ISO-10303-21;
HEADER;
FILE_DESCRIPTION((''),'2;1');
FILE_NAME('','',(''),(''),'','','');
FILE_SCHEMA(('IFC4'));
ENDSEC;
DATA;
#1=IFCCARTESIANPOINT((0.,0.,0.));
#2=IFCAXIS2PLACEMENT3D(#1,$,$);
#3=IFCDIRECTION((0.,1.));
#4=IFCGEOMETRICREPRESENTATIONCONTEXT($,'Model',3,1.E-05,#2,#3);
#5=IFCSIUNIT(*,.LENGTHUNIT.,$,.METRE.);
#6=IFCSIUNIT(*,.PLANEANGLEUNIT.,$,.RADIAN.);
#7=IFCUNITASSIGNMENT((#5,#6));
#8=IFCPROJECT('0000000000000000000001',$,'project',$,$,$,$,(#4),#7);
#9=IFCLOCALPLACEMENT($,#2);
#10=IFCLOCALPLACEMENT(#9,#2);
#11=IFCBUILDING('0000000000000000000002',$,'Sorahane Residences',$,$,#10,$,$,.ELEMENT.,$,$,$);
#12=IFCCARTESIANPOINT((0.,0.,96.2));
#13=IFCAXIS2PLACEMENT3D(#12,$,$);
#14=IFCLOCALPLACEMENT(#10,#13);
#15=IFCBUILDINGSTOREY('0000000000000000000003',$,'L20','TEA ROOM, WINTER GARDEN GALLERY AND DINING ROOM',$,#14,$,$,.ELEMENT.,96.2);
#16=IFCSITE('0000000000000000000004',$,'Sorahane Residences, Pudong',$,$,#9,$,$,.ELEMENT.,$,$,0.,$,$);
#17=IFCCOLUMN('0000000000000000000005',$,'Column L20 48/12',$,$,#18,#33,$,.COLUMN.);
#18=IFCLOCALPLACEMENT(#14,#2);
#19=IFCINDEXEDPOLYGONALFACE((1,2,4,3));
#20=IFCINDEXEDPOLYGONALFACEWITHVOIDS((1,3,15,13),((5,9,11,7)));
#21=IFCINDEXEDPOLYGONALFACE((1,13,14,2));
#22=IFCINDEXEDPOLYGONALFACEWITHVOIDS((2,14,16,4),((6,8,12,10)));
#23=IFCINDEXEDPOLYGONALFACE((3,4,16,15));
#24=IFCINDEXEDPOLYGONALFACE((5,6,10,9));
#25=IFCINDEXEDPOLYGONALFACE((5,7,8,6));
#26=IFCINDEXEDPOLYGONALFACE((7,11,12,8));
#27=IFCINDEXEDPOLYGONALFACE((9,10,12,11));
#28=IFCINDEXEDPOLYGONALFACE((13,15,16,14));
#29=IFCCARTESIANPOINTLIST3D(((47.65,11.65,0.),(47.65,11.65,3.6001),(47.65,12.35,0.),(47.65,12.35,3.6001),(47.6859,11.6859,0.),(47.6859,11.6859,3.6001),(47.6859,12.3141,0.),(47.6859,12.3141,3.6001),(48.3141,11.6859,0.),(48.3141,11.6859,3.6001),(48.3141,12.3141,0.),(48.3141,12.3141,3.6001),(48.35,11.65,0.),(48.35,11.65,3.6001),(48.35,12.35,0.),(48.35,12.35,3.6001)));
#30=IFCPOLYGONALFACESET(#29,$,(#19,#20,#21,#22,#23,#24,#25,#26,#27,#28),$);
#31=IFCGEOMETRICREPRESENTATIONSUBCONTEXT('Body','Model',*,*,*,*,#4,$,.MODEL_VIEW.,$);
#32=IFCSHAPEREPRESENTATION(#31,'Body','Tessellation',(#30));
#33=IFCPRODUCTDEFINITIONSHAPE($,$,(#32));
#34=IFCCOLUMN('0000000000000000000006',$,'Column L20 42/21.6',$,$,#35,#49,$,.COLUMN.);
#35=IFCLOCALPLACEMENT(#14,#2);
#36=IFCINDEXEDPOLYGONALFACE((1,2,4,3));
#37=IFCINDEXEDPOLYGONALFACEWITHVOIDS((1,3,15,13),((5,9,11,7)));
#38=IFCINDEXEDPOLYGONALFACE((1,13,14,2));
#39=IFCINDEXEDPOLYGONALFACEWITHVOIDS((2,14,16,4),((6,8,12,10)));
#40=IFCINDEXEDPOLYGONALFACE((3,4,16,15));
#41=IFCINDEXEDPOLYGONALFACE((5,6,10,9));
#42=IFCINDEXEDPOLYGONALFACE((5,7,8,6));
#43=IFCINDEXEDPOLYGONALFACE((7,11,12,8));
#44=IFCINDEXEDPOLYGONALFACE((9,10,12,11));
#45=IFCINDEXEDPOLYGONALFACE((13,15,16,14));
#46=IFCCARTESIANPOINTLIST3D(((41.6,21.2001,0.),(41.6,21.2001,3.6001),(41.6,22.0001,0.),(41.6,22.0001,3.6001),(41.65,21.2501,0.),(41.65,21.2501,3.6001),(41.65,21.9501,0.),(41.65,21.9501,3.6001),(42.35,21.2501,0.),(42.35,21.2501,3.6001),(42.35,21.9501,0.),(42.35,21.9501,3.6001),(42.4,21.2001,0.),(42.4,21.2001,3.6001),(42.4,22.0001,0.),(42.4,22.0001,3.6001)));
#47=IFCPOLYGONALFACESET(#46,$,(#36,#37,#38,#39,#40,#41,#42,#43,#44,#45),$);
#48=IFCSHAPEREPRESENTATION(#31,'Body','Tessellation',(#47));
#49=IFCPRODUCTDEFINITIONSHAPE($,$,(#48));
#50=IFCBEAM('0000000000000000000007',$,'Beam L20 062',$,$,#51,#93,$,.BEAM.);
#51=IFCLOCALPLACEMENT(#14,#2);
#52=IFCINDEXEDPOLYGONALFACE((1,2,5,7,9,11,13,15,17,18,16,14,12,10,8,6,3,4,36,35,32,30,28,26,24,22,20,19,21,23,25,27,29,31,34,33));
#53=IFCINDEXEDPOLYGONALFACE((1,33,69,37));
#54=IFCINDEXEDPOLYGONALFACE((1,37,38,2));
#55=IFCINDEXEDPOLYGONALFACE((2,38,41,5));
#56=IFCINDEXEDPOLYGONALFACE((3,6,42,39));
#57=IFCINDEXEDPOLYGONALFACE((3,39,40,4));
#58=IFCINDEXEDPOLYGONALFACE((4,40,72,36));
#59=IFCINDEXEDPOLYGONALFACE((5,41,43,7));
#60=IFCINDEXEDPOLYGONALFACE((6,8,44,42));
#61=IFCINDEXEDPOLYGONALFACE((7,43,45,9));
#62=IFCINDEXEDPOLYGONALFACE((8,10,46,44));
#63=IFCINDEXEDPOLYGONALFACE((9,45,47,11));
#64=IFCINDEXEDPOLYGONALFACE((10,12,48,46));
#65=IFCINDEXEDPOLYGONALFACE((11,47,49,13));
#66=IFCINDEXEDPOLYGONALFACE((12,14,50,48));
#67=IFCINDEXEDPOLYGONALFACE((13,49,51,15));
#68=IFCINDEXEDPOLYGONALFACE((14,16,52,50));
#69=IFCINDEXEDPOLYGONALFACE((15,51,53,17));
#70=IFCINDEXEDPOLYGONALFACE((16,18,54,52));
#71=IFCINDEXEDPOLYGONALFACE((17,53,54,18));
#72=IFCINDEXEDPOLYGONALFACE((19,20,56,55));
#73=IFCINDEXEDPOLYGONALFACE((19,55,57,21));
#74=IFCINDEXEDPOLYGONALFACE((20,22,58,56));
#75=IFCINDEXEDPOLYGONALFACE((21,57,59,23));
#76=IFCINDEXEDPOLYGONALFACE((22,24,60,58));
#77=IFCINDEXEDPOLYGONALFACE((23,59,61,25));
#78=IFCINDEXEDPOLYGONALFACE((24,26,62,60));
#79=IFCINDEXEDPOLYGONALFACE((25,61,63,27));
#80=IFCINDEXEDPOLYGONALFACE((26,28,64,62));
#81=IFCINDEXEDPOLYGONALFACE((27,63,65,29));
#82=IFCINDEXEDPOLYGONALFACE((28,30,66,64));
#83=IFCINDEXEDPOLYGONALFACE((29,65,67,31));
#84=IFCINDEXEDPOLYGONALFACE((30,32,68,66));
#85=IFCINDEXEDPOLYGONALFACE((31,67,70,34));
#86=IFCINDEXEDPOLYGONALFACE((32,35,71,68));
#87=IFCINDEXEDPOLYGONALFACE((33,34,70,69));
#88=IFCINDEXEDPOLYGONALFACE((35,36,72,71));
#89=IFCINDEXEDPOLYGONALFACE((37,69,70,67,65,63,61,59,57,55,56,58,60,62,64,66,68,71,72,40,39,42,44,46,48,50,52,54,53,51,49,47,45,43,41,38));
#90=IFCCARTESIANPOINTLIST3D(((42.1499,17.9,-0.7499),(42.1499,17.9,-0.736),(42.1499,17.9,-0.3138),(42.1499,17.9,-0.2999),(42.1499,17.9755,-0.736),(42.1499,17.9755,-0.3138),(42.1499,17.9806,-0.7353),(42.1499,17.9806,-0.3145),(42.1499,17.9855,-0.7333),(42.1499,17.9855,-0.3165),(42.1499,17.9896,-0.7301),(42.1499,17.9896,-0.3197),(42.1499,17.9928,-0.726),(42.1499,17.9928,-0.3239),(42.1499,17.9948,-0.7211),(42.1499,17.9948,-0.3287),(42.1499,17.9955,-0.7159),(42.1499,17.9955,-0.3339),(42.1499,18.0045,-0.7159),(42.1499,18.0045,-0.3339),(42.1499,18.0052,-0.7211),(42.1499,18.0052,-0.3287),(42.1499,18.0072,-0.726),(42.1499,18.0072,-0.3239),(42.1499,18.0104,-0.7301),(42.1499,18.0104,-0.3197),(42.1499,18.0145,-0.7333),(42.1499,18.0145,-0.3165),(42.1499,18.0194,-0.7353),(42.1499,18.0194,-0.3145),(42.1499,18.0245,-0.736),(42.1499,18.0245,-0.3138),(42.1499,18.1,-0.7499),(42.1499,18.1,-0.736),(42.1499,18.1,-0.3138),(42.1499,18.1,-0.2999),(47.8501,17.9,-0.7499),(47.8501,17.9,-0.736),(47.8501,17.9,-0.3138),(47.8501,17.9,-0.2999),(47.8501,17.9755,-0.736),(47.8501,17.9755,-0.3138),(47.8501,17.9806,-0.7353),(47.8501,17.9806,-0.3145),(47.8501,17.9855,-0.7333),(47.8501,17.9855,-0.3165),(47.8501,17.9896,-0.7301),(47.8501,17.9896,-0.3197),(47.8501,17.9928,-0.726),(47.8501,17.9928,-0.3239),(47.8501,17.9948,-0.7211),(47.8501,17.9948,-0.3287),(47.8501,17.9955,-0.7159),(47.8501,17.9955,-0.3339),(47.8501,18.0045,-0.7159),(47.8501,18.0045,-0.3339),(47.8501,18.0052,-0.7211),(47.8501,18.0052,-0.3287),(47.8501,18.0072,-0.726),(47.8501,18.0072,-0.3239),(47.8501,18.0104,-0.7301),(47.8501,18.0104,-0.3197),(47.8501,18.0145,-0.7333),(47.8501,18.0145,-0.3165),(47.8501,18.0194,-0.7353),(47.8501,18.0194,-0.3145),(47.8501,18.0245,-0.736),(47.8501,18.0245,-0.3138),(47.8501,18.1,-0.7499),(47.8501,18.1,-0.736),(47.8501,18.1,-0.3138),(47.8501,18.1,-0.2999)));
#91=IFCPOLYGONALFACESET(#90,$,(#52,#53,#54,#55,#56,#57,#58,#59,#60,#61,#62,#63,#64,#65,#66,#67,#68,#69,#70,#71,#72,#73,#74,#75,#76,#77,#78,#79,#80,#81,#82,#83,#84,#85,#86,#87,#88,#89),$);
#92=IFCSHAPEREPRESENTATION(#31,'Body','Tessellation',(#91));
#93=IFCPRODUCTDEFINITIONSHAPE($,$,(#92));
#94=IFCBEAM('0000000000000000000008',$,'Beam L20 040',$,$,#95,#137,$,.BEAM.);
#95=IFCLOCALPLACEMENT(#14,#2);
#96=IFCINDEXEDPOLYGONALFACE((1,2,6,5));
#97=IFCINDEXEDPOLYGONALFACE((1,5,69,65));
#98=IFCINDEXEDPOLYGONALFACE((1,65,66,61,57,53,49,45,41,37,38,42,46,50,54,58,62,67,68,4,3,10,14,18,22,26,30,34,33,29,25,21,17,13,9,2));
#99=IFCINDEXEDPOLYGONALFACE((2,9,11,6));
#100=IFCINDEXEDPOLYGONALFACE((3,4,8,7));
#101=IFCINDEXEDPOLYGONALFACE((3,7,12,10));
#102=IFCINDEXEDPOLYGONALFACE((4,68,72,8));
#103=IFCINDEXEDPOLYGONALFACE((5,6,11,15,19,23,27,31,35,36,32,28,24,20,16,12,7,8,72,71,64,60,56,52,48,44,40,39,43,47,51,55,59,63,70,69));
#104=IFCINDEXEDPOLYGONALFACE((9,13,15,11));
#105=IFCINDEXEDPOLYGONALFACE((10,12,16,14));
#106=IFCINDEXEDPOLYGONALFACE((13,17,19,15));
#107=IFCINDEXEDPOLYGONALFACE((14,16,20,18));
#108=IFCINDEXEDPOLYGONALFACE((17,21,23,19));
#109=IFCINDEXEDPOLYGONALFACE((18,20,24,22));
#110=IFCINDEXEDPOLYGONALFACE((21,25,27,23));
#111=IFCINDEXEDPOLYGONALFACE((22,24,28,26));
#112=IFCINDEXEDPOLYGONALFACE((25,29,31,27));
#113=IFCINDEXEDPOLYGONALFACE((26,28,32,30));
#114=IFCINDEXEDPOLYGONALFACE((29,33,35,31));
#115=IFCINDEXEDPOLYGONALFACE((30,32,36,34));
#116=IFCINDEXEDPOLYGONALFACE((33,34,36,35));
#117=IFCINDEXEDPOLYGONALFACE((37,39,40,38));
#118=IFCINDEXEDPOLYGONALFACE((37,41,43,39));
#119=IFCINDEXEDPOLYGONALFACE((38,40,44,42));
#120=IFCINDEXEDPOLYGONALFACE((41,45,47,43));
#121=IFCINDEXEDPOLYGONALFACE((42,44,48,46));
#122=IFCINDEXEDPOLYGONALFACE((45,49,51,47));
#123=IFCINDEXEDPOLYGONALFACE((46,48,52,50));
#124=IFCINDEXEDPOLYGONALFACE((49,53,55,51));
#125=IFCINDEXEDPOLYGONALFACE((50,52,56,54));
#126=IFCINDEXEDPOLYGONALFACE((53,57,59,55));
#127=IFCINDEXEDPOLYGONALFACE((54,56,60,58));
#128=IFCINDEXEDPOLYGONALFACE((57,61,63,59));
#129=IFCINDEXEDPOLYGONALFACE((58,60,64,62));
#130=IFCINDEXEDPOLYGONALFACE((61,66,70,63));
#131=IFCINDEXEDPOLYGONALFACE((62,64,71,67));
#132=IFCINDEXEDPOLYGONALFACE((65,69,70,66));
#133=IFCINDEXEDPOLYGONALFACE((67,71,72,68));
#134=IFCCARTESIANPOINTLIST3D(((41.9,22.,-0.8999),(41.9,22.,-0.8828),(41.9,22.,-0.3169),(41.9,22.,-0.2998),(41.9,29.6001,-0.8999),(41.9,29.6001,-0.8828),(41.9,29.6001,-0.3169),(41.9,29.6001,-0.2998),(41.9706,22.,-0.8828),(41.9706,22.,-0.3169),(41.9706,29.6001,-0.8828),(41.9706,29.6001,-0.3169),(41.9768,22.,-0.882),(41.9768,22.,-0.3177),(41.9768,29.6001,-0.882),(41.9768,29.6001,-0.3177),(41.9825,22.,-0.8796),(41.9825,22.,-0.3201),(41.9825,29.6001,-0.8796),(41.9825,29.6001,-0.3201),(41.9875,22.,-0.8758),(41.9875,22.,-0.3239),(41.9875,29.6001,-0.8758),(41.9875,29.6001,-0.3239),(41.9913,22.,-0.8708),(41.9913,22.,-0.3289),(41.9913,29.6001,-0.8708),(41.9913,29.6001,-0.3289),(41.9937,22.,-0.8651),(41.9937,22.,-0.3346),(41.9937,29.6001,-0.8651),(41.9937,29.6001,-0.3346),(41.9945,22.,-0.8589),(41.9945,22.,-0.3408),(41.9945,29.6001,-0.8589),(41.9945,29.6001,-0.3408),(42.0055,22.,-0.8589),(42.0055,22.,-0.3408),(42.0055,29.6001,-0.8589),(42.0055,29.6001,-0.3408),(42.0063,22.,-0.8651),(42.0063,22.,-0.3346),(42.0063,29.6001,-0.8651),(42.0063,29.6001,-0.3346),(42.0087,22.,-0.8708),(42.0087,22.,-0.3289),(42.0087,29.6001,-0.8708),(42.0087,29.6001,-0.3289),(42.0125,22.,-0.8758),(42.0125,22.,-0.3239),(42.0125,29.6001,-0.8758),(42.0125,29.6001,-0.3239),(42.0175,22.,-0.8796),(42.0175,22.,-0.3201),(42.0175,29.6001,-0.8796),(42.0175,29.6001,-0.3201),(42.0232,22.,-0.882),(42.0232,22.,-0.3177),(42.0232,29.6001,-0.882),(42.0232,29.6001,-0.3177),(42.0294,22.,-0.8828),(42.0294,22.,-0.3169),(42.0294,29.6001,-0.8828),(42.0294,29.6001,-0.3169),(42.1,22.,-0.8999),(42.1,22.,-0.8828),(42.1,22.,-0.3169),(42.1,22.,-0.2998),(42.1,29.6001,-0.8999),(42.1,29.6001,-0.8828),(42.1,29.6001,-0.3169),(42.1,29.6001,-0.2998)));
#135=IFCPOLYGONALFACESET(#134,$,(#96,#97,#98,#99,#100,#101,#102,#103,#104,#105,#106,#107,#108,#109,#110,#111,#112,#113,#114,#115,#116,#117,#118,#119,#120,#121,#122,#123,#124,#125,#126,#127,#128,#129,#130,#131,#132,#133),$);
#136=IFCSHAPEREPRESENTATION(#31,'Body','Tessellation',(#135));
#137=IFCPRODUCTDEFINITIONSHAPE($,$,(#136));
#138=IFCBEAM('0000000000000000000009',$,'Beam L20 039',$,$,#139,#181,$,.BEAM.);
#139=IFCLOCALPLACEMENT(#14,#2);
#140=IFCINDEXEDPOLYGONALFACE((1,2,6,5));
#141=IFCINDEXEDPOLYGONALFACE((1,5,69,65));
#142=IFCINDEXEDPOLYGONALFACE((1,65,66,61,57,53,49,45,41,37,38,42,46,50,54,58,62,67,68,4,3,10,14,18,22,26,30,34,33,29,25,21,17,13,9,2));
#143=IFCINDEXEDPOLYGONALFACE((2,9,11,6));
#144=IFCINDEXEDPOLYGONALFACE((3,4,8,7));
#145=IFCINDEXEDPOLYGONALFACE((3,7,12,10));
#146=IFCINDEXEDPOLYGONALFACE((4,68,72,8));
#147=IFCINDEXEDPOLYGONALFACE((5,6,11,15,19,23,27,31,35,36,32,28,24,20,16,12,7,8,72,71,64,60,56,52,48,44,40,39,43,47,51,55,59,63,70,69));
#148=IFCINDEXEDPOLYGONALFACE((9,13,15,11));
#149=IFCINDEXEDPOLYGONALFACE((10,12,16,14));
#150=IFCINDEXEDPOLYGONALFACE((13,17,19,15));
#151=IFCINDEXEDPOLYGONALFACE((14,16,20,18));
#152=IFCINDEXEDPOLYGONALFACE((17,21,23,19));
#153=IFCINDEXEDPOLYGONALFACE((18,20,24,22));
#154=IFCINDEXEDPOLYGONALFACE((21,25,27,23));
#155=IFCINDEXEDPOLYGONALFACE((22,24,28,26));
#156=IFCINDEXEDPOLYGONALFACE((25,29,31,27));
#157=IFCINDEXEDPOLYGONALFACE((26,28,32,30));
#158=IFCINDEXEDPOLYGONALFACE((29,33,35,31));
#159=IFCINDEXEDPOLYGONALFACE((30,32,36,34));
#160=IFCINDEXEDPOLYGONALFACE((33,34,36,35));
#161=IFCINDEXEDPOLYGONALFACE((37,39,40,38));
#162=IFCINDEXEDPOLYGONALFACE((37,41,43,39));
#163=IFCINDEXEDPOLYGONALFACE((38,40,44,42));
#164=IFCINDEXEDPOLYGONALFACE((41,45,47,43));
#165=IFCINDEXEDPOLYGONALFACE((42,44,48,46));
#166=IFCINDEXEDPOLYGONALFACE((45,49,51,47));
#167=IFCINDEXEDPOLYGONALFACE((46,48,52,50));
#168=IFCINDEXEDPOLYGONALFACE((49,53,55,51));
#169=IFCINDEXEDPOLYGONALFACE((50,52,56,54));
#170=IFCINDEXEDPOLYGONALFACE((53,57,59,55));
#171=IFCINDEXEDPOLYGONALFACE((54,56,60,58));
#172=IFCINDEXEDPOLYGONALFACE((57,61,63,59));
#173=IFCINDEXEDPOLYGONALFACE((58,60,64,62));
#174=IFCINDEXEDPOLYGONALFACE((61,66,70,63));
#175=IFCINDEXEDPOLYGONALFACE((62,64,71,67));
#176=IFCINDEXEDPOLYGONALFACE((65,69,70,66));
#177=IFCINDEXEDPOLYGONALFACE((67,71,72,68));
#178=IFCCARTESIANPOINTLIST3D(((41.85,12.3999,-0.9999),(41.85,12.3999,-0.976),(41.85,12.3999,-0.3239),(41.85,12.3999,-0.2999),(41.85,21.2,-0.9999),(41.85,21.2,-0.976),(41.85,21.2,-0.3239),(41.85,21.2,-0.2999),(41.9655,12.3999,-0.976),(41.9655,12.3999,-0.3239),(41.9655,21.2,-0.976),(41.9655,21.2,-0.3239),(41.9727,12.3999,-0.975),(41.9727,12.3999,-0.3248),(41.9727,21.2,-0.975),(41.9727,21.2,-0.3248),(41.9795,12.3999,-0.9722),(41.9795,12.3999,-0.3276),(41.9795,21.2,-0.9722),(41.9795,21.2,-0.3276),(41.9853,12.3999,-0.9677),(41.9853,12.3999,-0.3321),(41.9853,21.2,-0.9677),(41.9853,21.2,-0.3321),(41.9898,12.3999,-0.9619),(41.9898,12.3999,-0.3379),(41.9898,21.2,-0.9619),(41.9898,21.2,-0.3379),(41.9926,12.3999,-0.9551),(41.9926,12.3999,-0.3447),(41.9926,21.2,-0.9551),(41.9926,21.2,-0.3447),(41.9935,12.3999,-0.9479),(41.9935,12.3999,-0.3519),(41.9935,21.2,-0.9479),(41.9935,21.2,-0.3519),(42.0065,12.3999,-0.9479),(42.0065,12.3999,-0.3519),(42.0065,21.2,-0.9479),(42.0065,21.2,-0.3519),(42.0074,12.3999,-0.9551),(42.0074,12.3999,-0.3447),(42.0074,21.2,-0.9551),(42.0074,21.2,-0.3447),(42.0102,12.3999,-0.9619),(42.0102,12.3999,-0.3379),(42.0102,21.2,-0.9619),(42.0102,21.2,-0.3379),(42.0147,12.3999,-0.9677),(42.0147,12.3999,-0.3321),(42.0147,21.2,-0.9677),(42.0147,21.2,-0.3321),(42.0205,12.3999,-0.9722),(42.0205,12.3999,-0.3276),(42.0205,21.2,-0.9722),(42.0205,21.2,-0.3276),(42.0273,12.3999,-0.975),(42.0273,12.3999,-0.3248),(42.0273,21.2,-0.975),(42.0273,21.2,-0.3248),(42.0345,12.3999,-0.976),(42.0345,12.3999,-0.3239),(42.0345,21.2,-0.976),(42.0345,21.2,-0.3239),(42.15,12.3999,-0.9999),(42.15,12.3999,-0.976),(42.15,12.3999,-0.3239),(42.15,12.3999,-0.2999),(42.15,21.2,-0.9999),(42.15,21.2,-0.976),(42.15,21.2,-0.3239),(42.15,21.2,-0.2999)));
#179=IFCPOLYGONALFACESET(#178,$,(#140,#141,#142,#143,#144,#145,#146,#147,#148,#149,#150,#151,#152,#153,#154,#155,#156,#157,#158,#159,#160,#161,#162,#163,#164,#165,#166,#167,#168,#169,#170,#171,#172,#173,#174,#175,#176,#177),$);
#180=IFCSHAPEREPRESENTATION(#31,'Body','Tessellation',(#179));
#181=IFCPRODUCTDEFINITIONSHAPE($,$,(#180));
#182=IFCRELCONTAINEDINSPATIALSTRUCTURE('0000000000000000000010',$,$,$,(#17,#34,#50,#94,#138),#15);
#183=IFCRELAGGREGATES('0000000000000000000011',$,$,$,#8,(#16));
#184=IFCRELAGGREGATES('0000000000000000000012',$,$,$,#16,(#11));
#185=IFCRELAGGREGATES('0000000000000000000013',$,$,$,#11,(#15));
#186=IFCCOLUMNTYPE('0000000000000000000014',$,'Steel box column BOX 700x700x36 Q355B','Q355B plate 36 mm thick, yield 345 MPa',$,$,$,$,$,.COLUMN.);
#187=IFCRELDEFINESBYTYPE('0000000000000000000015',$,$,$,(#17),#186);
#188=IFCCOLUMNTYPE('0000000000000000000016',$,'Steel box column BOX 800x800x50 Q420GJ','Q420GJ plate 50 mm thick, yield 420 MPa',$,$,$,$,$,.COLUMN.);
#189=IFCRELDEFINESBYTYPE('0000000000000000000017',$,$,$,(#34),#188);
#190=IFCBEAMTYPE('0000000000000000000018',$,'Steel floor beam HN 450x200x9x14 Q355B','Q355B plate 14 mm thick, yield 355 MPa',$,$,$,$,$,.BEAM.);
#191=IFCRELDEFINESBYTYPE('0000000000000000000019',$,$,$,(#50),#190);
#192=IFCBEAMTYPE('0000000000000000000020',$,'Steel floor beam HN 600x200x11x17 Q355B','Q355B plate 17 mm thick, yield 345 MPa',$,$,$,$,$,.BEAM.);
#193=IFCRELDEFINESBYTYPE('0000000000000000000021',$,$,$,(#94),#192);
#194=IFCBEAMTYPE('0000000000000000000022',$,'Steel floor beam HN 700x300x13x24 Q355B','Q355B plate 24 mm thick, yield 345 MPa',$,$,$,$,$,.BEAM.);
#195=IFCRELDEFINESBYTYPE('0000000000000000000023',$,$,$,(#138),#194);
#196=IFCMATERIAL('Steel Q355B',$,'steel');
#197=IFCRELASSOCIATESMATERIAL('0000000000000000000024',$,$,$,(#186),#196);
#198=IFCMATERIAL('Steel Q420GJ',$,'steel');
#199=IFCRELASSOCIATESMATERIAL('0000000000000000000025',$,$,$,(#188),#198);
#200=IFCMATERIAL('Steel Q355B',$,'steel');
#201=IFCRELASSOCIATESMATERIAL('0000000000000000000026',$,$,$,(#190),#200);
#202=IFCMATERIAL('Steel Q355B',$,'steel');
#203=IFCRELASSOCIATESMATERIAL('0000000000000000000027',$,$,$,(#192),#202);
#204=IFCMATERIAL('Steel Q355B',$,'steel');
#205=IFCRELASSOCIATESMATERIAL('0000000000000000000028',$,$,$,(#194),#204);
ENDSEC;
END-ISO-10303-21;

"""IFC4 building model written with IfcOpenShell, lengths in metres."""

from ifc_helpers import new_model, si_unit, direction, frame, origin, origin_2d, place, context, subcontext, project, spatial, hollow_rectangle, i_section, extrude, material, material_profile, profile_set, type_object, element, save


model = new_model("IFC4")

# Units and contexts
model_context = context("Model", 3, precision=1e-05, world=origin(), true_north=direction((0.0, 1.0)))
body_context = subcontext(model_context, "Body", "Model", "MODEL_VIEW")
ifc_project = project(units=[si_unit("LENGTHUNIT", "METRE"), si_unit("PLANEANGLEUNIT", "RADIAN")], contexts=[model_context])

# Site, building, storey
site_placement = place(None, origin())
site = spatial("IfcSite", under=ifc_project, at=site_placement, Name="Sorahane Residences, Pudong", CompositionType="ELEMENT", RefElevation=0.0)
building_placement = place(site_placement, origin())
building = spatial("IfcBuilding", under=site, at=building_placement, Name="Sorahane Residences", CompositionType="ELEMENT")
storey_placement = place(building_placement, frame((0.0, 0.0, 96.2)))
storey = spatial("IfcBuildingStorey", under=building, at=storey_placement, Name="L20", Description="TEA ROOM, WINTER GARDEN GALLERY AND DINING ROOM", CompositionType="ELEMENT", Elevation=96.2)

# Columns
ifc_material_1 = material(Name="Steel Q355B", Category="steel")
ifc_material_profile_1 = material_profile(ifc_material_1, hollow_rectangle(XDim=0.7, YDim=0.7, WallThickness=0.0359, at=origin_2d()), Name="BOX 700x700x36")
ifc_profile_set_1 = profile_set([ifc_material_profile_1], Name="Steel Q355B")
column_type_1 = type_object("IfcColumnType", Name="Steel box column BOX 700x700x36 Q355B", Description="Q355B plate 36 mm thick, yield 345 MPa", PredefinedType="COLUMN", material=ifc_profile_set_1)
column_1_placement = place(storey_placement, frame((48.0, 12.0, 0.0), z_axis=(0.0, 0.0, 1.0), x_axis=(1.0, 0.0, 0.0)))
element("IfcColumn", 1, at=column_1_placement, inside=storey, type_object=column_type_1, Name="Column L20 48/12", PredefinedType="COLUMN", context=body_context, shape_type="SweptSolid", body=[
    extrude(hollow_rectangle(XDim=0.7, YDim=0.7, WallThickness=0.0359, at=origin_2d()), origin(), (0.0, 0.0, 1.0), 3.6001),
])
ifc_material_2 = material(Name="Steel Q420GJ", Category="steel")
ifc_material_profile_2 = material_profile(ifc_material_2, hollow_rectangle(XDim=0.8, YDim=0.8, WallThickness=0.05, at=origin_2d()), Name="BOX 800x800x50")
ifc_profile_set_2 = profile_set([ifc_material_profile_2], Name="Steel Q420GJ")
column_type_2 = type_object("IfcColumnType", Name="Steel box column BOX 800x800x50 Q420GJ", Description="Q420GJ plate 50 mm thick, yield 420 MPa", PredefinedType="COLUMN", material=ifc_profile_set_2)
column_2_placement = place(storey_placement, frame((42.0, 21.6001, 0.0), z_axis=(0.0, 0.0, 1.0), x_axis=(1.0, 0.0, 0.0)))
element("IfcColumn", 2, at=column_2_placement, inside=storey, type_object=column_type_2, Name="Column L20 42/21.6", PredefinedType="COLUMN", context=body_context, shape_type="SweptSolid", body=[
    extrude(hollow_rectangle(XDim=0.8, YDim=0.8, WallThickness=0.05, at=origin_2d()), origin(), (0.0, 0.0, 1.0), 3.6001),
])

# Beams
ifc_material_3 = material(Name="Steel Q355B", Category="steel")
ifc_material_profile_3 = material_profile(ifc_material_3, i_section(OverallWidth=0.2, OverallDepth=0.45, WebThickness=0.009, FlangeThickness=0.0139, FilletRadius=0.02, at=origin_2d()), Name="HN 450x200x9x14")
ifc_profile_set_3 = profile_set([ifc_material_profile_3], Name="Steel Q355B")
beam_type_1 = type_object("IfcBeamType", Name="Steel floor beam HN 450x200x9x14 Q355B", Description="Q355B plate 14 mm thick, yield 355 MPa", PredefinedType="BEAM", material=ifc_profile_set_3)
beam_1_placement = place(storey_placement, frame((42.1499, 18.0, -0.5249), z_axis=(1.0, 0.0, 0.0), x_axis=(0.0, 1.0, 0.0)))
element("IfcBeam", 3, at=beam_1_placement, inside=storey, type_object=beam_type_1, Name="Beam L20 062", PredefinedType="BEAM", context=body_context, shape_type="SweptSolid", body=[
    extrude(i_section(OverallWidth=0.2, OverallDepth=0.45, WebThickness=0.009, FlangeThickness=0.0139, FilletRadius=0.02, at=origin_2d()), origin(), (0.0, 0.0, 1.0), 5.7002),
])
ifc_material_4 = material(Name="Steel Q355B", Category="steel")
ifc_material_profile_4 = material_profile(ifc_material_4, i_section(OverallWidth=0.2, OverallDepth=0.6001, WebThickness=0.011, FlangeThickness=0.0171, FilletRadius=0.0239, at=origin_2d()), Name="HN 600x200x11x17")
ifc_profile_set_4 = profile_set([ifc_material_profile_4], Name="Steel Q355B")
beam_type_2 = type_object("IfcBeamType", Name="Steel floor beam HN 600x200x11x17 Q355B", Description="Q355B plate 17 mm thick, yield 345 MPa", PredefinedType="BEAM", material=ifc_profile_set_4)
beam_2_placement = place(storey_placement, frame((42.0, 22.0, -0.5999), z_axis=(0.0, 1.0, 0.0), x_axis=(-1.0, 0.0, 0.0)))
element("IfcBeam", 4, at=beam_2_placement, inside=storey, type_object=beam_type_2, Name="Beam L20 040", PredefinedType="BEAM", context=body_context, shape_type="SweptSolid", body=[
    extrude(i_section(OverallWidth=0.2, OverallDepth=0.6001, WebThickness=0.011, FlangeThickness=0.0171, FilletRadius=0.0239, at=origin_2d()), origin(), (0.0, 0.0, 1.0), 7.6001),
])
ifc_material_5 = material(Name="Steel Q355B", Category="steel")
ifc_material_profile_5 = material_profile(ifc_material_5, i_section(OverallWidth=0.3, OverallDepth=0.7, WebThickness=0.0129, FlangeThickness=0.0239, FilletRadius=0.0281, at=origin_2d()), Name="HN 700x300x13x24")
ifc_profile_set_5 = profile_set([ifc_material_profile_5], Name="Steel Q355B")
beam_type_3 = type_object("IfcBeamType", Name="Steel floor beam HN 700x300x13x24 Q355B", Description="Q355B plate 24 mm thick, yield 345 MPa", PredefinedType="BEAM", material=ifc_profile_set_5)
beam_3_placement = place(storey_placement, frame((42.0, 12.3999, -0.6499), z_axis=(0.0, 1.0, 0.0), x_axis=(-1.0, 0.0, 0.0)))
element("IfcBeam", 5, at=beam_3_placement, inside=storey, type_object=beam_type_3, Name="Beam L20 039", PredefinedType="BEAM", context=body_context, shape_type="SweptSolid", body=[
    extrude(i_section(OverallWidth=0.3, OverallDepth=0.7, WebThickness=0.0129, FlangeThickness=0.0239, FilletRadius=0.0281, at=origin_2d()), origin(), (0.0, 0.0, 1.0), 8.8),
])

save(model, "model.ifc")
